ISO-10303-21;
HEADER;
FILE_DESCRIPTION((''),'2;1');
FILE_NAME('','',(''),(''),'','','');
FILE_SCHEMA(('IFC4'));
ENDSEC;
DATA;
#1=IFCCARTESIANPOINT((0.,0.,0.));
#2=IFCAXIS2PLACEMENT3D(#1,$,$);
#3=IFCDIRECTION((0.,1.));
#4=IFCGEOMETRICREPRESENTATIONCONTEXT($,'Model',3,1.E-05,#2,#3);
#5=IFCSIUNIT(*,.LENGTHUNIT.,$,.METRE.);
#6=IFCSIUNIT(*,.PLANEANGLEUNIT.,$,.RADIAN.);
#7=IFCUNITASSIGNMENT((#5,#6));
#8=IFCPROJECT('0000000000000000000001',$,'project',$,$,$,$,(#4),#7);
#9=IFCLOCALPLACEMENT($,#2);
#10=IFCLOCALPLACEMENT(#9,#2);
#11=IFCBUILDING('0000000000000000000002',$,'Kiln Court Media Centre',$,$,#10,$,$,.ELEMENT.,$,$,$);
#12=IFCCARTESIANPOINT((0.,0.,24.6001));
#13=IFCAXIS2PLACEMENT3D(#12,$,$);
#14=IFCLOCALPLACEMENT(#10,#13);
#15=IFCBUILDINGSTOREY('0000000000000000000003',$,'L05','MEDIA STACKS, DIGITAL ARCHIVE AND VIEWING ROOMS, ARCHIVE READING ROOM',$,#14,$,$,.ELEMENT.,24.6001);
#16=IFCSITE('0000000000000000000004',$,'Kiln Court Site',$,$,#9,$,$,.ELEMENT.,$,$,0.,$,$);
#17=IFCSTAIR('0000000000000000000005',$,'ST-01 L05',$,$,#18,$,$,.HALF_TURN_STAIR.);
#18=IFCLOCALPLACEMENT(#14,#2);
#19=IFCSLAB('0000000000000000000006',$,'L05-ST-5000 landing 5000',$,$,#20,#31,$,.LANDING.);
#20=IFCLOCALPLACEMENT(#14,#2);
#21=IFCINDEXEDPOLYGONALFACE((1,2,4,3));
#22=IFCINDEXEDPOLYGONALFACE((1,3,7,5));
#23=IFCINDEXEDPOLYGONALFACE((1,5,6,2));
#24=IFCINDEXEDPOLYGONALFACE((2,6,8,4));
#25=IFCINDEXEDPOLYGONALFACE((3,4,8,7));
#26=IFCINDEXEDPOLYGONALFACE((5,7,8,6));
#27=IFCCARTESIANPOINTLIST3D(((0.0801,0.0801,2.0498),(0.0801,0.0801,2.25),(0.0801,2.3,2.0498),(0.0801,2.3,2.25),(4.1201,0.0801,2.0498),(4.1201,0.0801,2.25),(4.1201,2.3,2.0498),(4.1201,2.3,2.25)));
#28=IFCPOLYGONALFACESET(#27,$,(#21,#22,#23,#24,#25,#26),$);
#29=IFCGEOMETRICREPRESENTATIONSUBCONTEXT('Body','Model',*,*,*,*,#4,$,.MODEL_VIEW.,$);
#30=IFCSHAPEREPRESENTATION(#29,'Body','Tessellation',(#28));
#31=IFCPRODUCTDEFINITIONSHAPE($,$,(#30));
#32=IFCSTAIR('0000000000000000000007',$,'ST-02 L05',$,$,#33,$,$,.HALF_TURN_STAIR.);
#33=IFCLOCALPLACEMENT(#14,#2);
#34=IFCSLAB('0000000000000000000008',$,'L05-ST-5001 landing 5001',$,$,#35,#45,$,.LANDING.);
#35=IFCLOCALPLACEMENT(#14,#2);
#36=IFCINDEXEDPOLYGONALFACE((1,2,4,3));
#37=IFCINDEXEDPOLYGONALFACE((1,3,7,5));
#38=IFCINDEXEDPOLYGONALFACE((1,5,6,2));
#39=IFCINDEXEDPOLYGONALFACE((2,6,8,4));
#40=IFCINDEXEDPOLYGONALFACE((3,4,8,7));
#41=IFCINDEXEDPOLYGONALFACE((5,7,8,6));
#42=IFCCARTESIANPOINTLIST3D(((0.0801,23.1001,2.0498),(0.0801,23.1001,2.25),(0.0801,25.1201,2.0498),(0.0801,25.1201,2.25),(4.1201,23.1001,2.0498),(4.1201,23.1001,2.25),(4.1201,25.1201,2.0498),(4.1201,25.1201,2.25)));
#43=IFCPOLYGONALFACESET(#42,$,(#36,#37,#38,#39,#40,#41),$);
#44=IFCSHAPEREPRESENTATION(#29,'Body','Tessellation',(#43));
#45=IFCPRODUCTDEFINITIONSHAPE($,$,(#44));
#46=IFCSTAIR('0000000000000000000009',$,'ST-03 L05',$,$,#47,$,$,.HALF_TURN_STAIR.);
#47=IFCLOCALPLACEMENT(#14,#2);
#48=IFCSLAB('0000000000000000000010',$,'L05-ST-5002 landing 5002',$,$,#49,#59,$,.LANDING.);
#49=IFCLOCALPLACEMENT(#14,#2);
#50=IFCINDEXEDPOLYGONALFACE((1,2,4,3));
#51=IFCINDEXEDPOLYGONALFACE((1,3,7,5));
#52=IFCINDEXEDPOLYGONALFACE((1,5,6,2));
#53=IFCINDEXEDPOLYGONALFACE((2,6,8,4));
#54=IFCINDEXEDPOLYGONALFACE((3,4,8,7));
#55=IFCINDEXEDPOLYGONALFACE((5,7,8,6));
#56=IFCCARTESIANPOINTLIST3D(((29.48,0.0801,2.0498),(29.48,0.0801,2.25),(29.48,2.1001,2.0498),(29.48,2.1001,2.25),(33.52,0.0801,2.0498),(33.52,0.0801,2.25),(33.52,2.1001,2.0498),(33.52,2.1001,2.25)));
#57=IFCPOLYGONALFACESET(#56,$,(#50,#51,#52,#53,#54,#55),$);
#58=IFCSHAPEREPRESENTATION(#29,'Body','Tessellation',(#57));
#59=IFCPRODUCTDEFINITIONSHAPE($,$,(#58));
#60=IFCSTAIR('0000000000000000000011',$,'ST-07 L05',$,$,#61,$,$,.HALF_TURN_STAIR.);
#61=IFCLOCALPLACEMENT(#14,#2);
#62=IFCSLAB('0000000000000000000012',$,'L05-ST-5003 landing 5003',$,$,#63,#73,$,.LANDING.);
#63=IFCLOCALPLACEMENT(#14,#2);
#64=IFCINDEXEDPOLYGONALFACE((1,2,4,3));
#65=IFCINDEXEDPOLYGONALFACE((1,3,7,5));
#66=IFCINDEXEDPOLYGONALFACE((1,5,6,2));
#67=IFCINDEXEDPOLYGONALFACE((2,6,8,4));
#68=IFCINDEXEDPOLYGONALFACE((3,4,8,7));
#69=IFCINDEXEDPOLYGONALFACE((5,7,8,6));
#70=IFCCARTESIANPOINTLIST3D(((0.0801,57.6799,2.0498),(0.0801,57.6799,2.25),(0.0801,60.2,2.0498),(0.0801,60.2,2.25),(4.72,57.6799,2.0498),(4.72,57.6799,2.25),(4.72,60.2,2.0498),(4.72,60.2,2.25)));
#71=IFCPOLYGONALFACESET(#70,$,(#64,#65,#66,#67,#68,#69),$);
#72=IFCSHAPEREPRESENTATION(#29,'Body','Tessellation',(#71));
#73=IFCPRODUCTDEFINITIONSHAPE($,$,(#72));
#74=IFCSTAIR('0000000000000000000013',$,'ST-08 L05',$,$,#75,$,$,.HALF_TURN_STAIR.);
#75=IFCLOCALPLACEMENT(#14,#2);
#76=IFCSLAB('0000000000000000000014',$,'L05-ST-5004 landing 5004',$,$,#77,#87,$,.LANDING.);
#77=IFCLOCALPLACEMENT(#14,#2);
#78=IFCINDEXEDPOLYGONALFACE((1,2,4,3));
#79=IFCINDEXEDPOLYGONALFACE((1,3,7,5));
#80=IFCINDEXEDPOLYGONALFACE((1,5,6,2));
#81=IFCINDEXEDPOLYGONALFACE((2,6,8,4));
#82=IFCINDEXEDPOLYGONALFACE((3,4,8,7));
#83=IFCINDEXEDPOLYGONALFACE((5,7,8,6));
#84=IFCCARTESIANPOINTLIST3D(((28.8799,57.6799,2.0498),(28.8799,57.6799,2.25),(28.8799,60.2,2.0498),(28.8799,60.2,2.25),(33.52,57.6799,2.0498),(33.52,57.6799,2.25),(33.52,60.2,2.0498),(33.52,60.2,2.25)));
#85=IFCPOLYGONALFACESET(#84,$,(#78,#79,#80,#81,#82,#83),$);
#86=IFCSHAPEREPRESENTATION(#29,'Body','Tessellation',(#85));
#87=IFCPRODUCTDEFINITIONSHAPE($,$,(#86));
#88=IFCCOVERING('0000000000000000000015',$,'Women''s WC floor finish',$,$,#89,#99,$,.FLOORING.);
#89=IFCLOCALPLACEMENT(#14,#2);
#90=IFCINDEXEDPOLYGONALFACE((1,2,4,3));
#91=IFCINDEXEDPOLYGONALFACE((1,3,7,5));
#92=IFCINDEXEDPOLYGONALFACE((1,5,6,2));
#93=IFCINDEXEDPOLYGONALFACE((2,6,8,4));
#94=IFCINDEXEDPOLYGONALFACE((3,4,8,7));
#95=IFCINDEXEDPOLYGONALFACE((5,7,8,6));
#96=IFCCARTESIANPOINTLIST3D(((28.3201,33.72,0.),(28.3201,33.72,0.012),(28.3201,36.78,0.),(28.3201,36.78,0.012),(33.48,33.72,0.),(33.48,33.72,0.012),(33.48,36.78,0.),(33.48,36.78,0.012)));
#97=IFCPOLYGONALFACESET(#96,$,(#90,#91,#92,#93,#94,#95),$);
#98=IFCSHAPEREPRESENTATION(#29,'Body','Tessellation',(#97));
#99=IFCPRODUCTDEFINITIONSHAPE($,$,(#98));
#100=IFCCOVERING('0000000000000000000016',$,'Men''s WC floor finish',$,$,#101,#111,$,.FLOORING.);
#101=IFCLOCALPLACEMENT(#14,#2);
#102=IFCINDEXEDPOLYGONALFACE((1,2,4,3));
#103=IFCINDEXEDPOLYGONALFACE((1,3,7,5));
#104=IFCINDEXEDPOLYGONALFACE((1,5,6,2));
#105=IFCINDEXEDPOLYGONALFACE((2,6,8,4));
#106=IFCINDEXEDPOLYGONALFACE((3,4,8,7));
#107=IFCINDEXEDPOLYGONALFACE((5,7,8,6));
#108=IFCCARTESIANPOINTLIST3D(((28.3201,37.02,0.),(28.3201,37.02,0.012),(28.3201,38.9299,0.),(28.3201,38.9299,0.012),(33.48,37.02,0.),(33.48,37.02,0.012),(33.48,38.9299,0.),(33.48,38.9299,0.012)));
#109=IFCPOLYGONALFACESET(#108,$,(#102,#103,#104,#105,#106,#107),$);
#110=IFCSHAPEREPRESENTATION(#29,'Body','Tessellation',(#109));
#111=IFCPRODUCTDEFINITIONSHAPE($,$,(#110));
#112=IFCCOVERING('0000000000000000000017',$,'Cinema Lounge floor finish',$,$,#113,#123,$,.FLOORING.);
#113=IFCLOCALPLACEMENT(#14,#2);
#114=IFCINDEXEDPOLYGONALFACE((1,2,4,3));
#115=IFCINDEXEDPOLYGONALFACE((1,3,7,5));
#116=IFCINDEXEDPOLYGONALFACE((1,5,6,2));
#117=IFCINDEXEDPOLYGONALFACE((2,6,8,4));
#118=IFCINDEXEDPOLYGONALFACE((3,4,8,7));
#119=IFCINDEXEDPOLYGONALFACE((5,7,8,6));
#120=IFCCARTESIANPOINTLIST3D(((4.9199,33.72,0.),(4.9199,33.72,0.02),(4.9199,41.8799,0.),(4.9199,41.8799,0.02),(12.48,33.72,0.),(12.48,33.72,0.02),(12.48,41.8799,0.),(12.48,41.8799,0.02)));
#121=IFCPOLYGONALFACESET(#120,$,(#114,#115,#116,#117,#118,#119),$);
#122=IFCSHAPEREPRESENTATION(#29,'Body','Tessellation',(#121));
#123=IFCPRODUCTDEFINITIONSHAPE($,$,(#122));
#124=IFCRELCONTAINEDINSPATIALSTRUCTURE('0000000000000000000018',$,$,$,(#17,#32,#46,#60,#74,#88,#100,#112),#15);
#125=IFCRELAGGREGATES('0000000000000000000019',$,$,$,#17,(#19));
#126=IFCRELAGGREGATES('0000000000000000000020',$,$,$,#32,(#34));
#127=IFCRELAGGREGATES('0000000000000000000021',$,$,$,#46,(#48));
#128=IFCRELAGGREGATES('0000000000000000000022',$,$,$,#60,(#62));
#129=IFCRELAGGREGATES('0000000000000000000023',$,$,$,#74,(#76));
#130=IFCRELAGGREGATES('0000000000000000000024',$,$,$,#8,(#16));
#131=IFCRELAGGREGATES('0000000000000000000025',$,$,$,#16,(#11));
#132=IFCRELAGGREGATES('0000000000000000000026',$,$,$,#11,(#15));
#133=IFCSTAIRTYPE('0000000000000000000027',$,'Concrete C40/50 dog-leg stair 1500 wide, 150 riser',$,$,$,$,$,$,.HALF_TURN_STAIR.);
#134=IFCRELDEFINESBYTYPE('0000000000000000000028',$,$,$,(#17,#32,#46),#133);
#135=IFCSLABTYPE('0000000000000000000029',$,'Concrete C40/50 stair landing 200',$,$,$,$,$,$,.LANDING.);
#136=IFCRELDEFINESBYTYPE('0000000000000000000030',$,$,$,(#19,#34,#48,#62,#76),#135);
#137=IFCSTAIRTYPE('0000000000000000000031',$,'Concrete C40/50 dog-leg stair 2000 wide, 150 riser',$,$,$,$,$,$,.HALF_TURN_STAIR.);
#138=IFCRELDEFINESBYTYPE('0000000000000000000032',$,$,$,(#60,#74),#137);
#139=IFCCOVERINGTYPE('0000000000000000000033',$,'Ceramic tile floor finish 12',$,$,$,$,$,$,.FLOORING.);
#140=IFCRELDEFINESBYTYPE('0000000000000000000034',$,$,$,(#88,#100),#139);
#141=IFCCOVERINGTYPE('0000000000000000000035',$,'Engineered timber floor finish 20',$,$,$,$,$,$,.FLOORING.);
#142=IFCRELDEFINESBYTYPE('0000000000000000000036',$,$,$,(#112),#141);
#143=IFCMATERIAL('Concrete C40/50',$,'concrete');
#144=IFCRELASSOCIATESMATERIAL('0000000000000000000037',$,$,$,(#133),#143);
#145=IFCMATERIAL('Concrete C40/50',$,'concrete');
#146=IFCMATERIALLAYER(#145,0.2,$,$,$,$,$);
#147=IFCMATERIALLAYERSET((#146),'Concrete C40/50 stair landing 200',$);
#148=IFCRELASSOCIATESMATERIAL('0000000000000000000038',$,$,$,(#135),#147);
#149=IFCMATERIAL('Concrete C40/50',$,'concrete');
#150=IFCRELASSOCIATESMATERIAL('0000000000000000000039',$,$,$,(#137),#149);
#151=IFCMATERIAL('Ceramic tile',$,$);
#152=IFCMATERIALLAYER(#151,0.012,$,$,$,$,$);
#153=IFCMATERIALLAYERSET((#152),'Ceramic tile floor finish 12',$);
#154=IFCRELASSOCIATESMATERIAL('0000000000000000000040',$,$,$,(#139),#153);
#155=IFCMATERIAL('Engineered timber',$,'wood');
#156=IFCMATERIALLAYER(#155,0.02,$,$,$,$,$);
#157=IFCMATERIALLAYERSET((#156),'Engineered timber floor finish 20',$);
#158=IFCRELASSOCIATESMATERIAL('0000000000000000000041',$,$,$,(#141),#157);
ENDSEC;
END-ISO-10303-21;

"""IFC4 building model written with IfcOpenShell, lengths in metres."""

from ifc_helpers import new_model, si_unit, direction, frame, origin, place, context, subcontext, project, spatial, polyline, outline, extrude, material, layer, layer_set, type_object, element, aggregate, save


model = new_model("IFC4")

# Units and contexts
model_context = context("Model", 3, precision=1e-05, world=origin(), true_north=direction((0.0, 1.0)))
body_context = subcontext(model_context, "Body", "Model", "MODEL_VIEW")
ifc_project = project(units=[si_unit("LENGTHUNIT", "METRE"), si_unit("PLANEANGLEUNIT", "RADIAN")], contexts=[model_context])

# Site, building, storey
site_placement = place(None, origin())
site = spatial("IfcSite", under=ifc_project, at=site_placement, Name="Kiln Court Site", CompositionType="ELEMENT", RefElevation=0.0)
building_placement = place(site_placement, origin())
building = spatial("IfcBuilding", under=site, at=building_placement, Name="Kiln Court Media Centre", CompositionType="ELEMENT")
storey_placement = place(building_placement, frame((0.0, 0.0, 24.6001)))
storey = spatial("IfcBuildingStorey", under=building, at=storey_placement, Name="L05", Description="MEDIA STACKS, DIGITAL ARCHIVE AND VIEWING ROOMS, ARCHIVE READING ROOM", CompositionType="ELEMENT", Elevation=24.6001)

# Stairs, slabs
ifc_material_1 = material(Name="Concrete C40/50", Category="concrete")
stair_type_1 = type_object("IfcStairType", Name="Concrete C40/50 dog-leg stair 1500 wide, 150 riser", PredefinedType="HALF_TURN_STAIR", material=ifc_material_1)
stair_1_placement = place(storey_placement, origin())
stair_1 = element("IfcStair", 1, at=stair_1_placement, inside=storey, type_object=stair_type_1, Name="ST-01 L05", PredefinedType="HALF_TURN_STAIR")
ifc_material_2 = material(Name="Concrete C40/50", Category="concrete")
ifc_layer_1 = layer(ifc_material_2, 0.2)
ifc_layer_set_1 = layer_set([ifc_layer_1], Name="Concrete C40/50 stair landing 200")
slab_type_1 = type_object("IfcSlabType", Name="Concrete C40/50 stair landing 200", PredefinedType="LANDING", material=ifc_layer_set_1)
slab_1_placement = place(storey_placement, frame((0.0, 0.0, 2.0498)))
slab_1 = element("IfcSlab", 2, at=slab_1_placement, type_object=slab_type_1, Name="L05-ST-5000 landing 5000", PredefinedType="LANDING", context=body_context, shape_type="SweptSolid", body=[
    extrude(outline(polyline([(0.0801, 2.3), (0.0801, 0.0801), (4.1201, 0.0801), (4.1201, 2.3), (0.0801, 2.3)])), origin(), (0.0, 0.0, 1.0), 0.2002),
])
aggregate(stair_1, [slab_1])
stair_2_placement = place(storey_placement, origin())
stair_2 = element("IfcStair", 3, at=stair_2_placement, inside=storey, type_object=stair_type_1, Name="ST-02 L05", PredefinedType="HALF_TURN_STAIR")
slab_2_placement = place(storey_placement, frame((0.0, 0.0, 2.0498)))
slab_2 = element("IfcSlab", 4, at=slab_2_placement, type_object=slab_type_1, Name="L05-ST-5001 landing 5001", PredefinedType="LANDING", context=body_context, shape_type="SweptSolid", body=[
    extrude(outline(polyline([(4.1201, 23.1001), (4.1201, 25.1201), (0.0801, 25.1201), (0.0801, 23.1001), (4.1201, 23.1001)])), origin(), (0.0, 0.0, 1.0), 0.2002),
])
aggregate(stair_2, [slab_2])
stair_3_placement = place(storey_placement, origin())
stair_3 = element("IfcStair", 5, at=stair_3_placement, inside=storey, type_object=stair_type_1, Name="ST-03 L05", PredefinedType="HALF_TURN_STAIR")
slab_3_placement = place(storey_placement, frame((0.0, 0.0, 2.0498)))
slab_3 = element("IfcSlab", 6, at=slab_3_placement, type_object=slab_type_1, Name="L05-ST-5002 landing 5002", PredefinedType="LANDING", context=body_context, shape_type="SweptSolid", body=[
    extrude(outline(polyline([(29.48, 2.1001), (29.48, 0.0801), (33.52, 0.0801), (33.52, 2.1001), (29.48, 2.1001)])), origin(), (0.0, 0.0, 1.0), 0.2002),
])
aggregate(stair_3, [slab_3])
ifc_material_3 = material(Name="Concrete C40/50", Category="concrete")
stair_type_2 = type_object("IfcStairType", Name="Concrete C40/50 dog-leg stair 2000 wide, 150 riser", PredefinedType="HALF_TURN_STAIR", material=ifc_material_3)
stair_4_placement = place(storey_placement, origin())
stair_4 = element("IfcStair", 7, at=stair_4_placement, inside=storey, type_object=stair_type_2, Name="ST-07 L05", PredefinedType="HALF_TURN_STAIR")
slab_4_placement = place(storey_placement, frame((0.0, 0.0, 2.0498)))
slab_4 = element("IfcSlab", 8, at=slab_4_placement, type_object=slab_type_1, Name="L05-ST-5003 landing 5003", PredefinedType="LANDING", context=body_context, shape_type="SweptSolid", body=[
    extrude(outline(polyline([(0.0801, 60.2), (0.0801, 57.6799), (4.72, 57.6799), (4.72, 60.2), (0.0801, 60.2)])), origin(), (0.0, 0.0, 1.0), 0.2002),
])
aggregate(stair_4, [slab_4])
stair_5_placement = place(storey_placement, origin())
stair_5 = element("IfcStair", 9, at=stair_5_placement, inside=storey, type_object=stair_type_2, Name="ST-08 L05", PredefinedType="HALF_TURN_STAIR")
slab_5_placement = place(storey_placement, frame((0.0, 0.0, 2.0498)))
slab_5 = element("IfcSlab", 10, at=slab_5_placement, type_object=slab_type_1, Name="L05-ST-5004 landing 5004", PredefinedType="LANDING", context=body_context, shape_type="SweptSolid", body=[
    extrude(outline(polyline([(28.8799, 60.2), (28.8799, 57.6799), (33.52, 57.6799), (33.52, 60.2), (28.8799, 60.2)])), origin(), (0.0, 0.0, 1.0), 0.2002),
])
aggregate(stair_5, [slab_5])

# Coverings
ifc_material_4 = material(Name="Ceramic tile")
ifc_layer_2 = layer(ifc_material_4, 0.012)
ifc_layer_set_2 = layer_set([ifc_layer_2], Name="Ceramic tile floor finish 12")
covering_type_1 = type_object("IfcCoveringType", Name="Ceramic tile floor finish 12", PredefinedType="FLOORING", material=ifc_layer_set_2)
covering_1_placement = place(storey_placement, origin())
element("IfcCovering", 11, at=covering_1_placement, inside=storey, type_object=covering_type_1, Name="Women's WC floor finish", PredefinedType="FLOORING", context=body_context, shape_type="SweptSolid", body=[
    extrude(outline(polyline([(33.48, 33.72), (33.48, 36.78), (28.3201, 36.78), (28.3201, 33.72), (33.48, 33.72)])), origin(), (0.0, 0.0, 1.0), 0.012),
])
covering_2_placement = place(storey_placement, origin())
element("IfcCovering", 12, at=covering_2_placement, inside=storey, type_object=covering_type_1, Name="Men's WC floor finish", PredefinedType="FLOORING", context=body_context, shape_type="SweptSolid", body=[
    extrude(outline(polyline([(33.48, 37.02), (33.48, 38.9299), (28.3201, 38.9299), (28.3201, 37.02), (33.48, 37.02)])), origin(), (0.0, 0.0, 1.0), 0.012),
])
ifc_material_5 = material(Name="Engineered timber", Category="wood")
ifc_layer_3 = layer(ifc_material_5, 0.02)
ifc_layer_set_3 = layer_set([ifc_layer_3], Name="Engineered timber floor finish 20")
covering_type_2 = type_object("IfcCoveringType", Name="Engineered timber floor finish 20", PredefinedType="FLOORING", material=ifc_layer_set_3)
covering_3_placement = place(storey_placement, origin())
element("IfcCovering", 13, at=covering_3_placement, inside=storey, type_object=covering_type_2, Name="Cinema Lounge floor finish", PredefinedType="FLOORING", context=body_context, shape_type="SweptSolid", body=[
    extrude(outline(polyline([(12.48, 41.8799), (4.9199, 41.8799), (4.9199, 33.72), (12.48, 33.72), (12.48, 41.8799)])), origin(), (0.0, 0.0, 1.0), 0.02),
])

save(model, "model.ifc")
